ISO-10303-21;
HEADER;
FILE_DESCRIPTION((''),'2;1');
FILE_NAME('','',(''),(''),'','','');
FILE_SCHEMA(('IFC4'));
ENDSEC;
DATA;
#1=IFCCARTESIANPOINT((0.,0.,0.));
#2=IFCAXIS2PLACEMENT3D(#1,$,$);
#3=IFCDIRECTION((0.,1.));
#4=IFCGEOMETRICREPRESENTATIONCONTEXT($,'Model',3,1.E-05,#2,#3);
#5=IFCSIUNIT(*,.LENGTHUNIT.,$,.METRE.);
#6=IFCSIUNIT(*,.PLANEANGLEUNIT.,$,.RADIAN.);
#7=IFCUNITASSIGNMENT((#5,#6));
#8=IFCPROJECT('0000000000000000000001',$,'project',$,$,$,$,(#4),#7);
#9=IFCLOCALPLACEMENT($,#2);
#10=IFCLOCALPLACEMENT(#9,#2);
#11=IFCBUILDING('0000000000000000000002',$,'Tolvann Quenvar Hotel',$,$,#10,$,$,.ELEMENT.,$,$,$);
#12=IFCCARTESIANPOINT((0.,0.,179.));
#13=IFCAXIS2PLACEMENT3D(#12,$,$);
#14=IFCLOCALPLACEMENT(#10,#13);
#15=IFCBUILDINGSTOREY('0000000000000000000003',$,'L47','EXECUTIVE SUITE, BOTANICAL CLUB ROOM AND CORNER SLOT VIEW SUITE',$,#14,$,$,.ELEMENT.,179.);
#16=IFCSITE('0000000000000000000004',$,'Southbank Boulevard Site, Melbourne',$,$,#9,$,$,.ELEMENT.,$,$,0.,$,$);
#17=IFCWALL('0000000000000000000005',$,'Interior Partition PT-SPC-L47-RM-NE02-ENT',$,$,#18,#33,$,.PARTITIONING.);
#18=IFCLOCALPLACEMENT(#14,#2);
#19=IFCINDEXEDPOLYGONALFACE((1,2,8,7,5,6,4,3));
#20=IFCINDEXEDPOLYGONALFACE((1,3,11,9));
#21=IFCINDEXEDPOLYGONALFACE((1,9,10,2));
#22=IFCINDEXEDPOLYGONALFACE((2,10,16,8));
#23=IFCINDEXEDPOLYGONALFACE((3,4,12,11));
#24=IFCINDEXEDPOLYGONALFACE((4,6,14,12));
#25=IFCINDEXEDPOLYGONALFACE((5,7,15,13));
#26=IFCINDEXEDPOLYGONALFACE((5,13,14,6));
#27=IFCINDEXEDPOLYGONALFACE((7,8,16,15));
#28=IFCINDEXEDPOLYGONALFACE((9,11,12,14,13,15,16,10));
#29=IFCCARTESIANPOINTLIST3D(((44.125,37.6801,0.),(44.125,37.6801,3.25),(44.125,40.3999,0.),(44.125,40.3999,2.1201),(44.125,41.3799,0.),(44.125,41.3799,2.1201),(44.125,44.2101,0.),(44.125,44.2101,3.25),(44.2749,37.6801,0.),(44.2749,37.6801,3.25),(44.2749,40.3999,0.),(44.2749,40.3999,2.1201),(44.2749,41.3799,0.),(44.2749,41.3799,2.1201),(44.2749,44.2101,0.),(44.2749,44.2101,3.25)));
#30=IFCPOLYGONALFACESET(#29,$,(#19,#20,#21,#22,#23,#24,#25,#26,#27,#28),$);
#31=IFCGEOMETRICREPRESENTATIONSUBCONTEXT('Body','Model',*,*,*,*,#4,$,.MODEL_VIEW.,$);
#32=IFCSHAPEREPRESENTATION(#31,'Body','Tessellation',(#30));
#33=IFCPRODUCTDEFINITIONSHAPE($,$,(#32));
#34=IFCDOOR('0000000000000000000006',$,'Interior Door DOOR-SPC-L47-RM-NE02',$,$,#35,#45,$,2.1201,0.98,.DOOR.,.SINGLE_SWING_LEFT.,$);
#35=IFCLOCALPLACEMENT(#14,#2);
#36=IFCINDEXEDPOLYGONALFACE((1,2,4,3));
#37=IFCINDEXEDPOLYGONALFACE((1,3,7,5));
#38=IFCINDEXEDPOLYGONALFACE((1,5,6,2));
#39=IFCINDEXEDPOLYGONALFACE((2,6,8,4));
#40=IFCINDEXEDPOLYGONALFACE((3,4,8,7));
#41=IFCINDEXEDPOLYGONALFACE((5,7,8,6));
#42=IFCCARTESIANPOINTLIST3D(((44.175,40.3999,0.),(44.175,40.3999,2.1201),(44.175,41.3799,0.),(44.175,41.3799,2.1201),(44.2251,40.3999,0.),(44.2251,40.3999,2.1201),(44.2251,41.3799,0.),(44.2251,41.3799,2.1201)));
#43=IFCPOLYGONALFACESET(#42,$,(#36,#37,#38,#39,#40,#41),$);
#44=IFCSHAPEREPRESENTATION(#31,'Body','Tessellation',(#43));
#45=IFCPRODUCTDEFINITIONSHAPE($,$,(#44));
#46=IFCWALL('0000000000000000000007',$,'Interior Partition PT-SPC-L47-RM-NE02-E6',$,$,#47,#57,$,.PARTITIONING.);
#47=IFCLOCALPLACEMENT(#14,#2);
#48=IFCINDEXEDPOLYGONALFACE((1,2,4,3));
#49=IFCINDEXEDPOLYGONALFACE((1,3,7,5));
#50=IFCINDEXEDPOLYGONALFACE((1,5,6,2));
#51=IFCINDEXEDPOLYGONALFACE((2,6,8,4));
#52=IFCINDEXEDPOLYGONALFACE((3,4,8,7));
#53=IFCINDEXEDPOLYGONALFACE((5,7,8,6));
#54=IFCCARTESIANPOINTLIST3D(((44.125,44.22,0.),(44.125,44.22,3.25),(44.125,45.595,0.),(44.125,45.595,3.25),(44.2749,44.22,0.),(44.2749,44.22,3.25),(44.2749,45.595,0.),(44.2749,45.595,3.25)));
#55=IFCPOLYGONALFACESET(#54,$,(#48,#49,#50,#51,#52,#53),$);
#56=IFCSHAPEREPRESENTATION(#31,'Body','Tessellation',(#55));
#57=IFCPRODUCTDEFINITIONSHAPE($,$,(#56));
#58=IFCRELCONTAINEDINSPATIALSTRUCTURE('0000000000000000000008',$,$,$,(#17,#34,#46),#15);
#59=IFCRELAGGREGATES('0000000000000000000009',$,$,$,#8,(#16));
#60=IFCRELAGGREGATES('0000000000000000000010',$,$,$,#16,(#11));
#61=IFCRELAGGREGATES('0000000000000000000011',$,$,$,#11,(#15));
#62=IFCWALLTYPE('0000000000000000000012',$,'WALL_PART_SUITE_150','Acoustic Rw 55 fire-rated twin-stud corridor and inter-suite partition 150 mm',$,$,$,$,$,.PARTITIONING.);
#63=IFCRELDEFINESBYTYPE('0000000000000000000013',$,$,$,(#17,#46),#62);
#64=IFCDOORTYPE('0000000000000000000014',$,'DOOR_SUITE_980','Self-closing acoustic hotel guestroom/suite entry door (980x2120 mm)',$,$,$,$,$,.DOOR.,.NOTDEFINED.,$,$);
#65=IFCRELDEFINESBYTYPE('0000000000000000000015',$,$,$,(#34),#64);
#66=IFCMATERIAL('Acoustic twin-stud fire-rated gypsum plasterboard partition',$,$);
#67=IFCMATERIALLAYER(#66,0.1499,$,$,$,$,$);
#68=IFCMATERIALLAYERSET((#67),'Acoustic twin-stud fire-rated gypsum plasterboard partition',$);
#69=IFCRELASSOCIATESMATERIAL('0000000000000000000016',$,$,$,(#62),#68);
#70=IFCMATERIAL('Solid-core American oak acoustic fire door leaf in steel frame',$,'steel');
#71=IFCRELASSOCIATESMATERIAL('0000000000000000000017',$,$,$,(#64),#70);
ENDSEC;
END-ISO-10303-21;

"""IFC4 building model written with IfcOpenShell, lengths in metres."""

from ifc_helpers import new_model, si_unit, direction, frame, frame_2d, origin, place, context, subcontext, project, spatial, rectangle, extrude, source, transform, mapped, material, layer, layer_set, type_object, type_shapes, element, fill, save


model = new_model("IFC4")

# Units and contexts
model_context = context("Model", 3, precision=1e-05, world=origin(), true_north=direction((0.0, 1.0)))
body_context = subcontext(model_context, "Body", "Model", "MODEL_VIEW")
ifc_project = project(units=[si_unit("LENGTHUNIT", "METRE"), si_unit("PLANEANGLEUNIT", "RADIAN")], contexts=[model_context])

# Site, building, storey
site_placement = place(None, origin())
site = spatial("IfcSite", under=ifc_project, at=site_placement, Name="Southbank Boulevard Site, Melbourne", CompositionType="ELEMENT", RefElevation=0.0)
building_placement = place(site_placement, origin())
building = spatial("IfcBuilding", under=site, at=building_placement, Name="Tolvann Quenvar Hotel", CompositionType="ELEMENT")
storey_placement = place(building_placement, frame((0.0, 0.0, 179.0)))
storey = spatial("IfcBuildingStorey", under=building, at=storey_placement, Name="L47", Description="EXECUTIVE SUITE, BOTANICAL CLUB ROOM AND CORNER SLOT VIEW SUITE", CompositionType="ELEMENT", Elevation=179.0)

# Shared definitions
ifc_material_1 = material(Name="Acoustic twin-stud fire-rated gypsum plasterboard partition")
ifc_layer_1 = layer(ifc_material_1, 0.1499)
ifc_layer_set_1 = layer_set([ifc_layer_1], Name="Acoustic twin-stud fire-rated gypsum plasterboard partition")
wall_type_1 = type_object("IfcWallType", Name="WALL_PART_SUITE_150", Description="Acoustic Rw 55 fire-rated twin-stud corridor and inter-suite partition 150 mm", PredefinedType="PARTITIONING", material=ifc_layer_set_1)

# Wall, opening, door
wall_1_placement = place(storey_placement, frame((44.2, 37.6799, 0.0), z_axis=(0.0, 0.0, 1.0), x_axis=(0.0, 1.0, 0.0)))
wall_1 = element("IfcWall", 1, at=wall_1_placement, inside=storey, type_object=wall_type_1, Name="Interior Partition PT-SPC-L47-RM-NE02-ENT", PredefinedType="PARTITIONING", context=body_context, shape_type="SweptSolid", body=[
    extrude(rectangle(XDim=6.53, YDim=0.1499, at=frame_2d((3.2651, 0.0))), origin(), (0.0, 0.0, 1.0), 3.25),
])
opening_1_placement = place(wall_1_placement, frame((2.72, 0.0, 0.0)))
opening_1 = element("IfcOpeningElement", 2, at=opening_1_placement, cuts=wall_1, PredefinedType="OPENING", context=body_context, shape_type="SweptSolid", body=[
    extrude(rectangle(XDim=0.98, YDim=2.1201, at=frame_2d((0.49, 1.0601))), frame((0.0, 0.085, 0.0), z_axis=(0.0, -1.0, 0.0), x_axis=(1.0, 0.0, 0.0)), (0.0, 0.0, 1.0), 0.1699),
])
ifc_material_2 = material(Name="Solid-core American oak acoustic fire door leaf in steel frame", Category="steel")
door_type = type_object("IfcDoorType", Name="DOOR_SUITE_980", Description="Self-closing acoustic hotel guestroom/suite entry door (980x2120 mm)", OperationType="NOTDEFINED", PredefinedType="DOOR", material=ifc_material_2)
shared_shape_1 = source(origin(), body_context, "Body", "SweptSolid", [
    extrude(rectangle(XDim=0.98, YDim=2.1201, at=frame_2d((0.49, 1.0601))), frame((0.0, 0.0249, 0.0), z_axis=(0.0, -1.0, 0.0), x_axis=(1.0, 0.0, 0.0)), (0.0, 0.0, 1.0), 0.05),
])
type_shapes(door_type, [shared_shape_1])
door_placement = place(opening_1_placement, origin())
door = element("IfcDoor", 3, at=door_placement, inside=storey, type_object=door_type, Name="Interior Door DOOR-SPC-L47-RM-NE02", OperationType="SINGLE_SWING_LEFT", OverallHeight=2.1201, OverallWidth=0.98, PredefinedType="DOOR", context=body_context, shape_type="MappedRepresentation", body=[
    mapped(shared_shape_1, transform((0.0, 0.0, 0.0), x_axis=(1.0, 0.0, 0.0), y_axis=(0.0, 1.0, 0.0), z_axis=(0.0, 0.0, 1.0), scale=1.0)),
])
fill(opening_1, door)

# Wall
wall_2_placement = place(storey_placement, frame((44.2, 44.22, 0.0), z_axis=(0.0, 0.0, 1.0), x_axis=(0.0, 1.0, 0.0)))
element("IfcWall", 4, at=wall_2_placement, inside=storey, type_object=wall_type_1, Name="Interior Partition PT-SPC-L47-RM-NE02-E6", PredefinedType="PARTITIONING", context=body_context, shape_type="SweptSolid", body=[
    extrude(rectangle(XDim=1.375, YDim=0.1499, at=frame_2d((0.6875, 0.0))), origin(), (0.0, 0.0, 1.0), 3.25),
])

save(model, "model.ifc")
